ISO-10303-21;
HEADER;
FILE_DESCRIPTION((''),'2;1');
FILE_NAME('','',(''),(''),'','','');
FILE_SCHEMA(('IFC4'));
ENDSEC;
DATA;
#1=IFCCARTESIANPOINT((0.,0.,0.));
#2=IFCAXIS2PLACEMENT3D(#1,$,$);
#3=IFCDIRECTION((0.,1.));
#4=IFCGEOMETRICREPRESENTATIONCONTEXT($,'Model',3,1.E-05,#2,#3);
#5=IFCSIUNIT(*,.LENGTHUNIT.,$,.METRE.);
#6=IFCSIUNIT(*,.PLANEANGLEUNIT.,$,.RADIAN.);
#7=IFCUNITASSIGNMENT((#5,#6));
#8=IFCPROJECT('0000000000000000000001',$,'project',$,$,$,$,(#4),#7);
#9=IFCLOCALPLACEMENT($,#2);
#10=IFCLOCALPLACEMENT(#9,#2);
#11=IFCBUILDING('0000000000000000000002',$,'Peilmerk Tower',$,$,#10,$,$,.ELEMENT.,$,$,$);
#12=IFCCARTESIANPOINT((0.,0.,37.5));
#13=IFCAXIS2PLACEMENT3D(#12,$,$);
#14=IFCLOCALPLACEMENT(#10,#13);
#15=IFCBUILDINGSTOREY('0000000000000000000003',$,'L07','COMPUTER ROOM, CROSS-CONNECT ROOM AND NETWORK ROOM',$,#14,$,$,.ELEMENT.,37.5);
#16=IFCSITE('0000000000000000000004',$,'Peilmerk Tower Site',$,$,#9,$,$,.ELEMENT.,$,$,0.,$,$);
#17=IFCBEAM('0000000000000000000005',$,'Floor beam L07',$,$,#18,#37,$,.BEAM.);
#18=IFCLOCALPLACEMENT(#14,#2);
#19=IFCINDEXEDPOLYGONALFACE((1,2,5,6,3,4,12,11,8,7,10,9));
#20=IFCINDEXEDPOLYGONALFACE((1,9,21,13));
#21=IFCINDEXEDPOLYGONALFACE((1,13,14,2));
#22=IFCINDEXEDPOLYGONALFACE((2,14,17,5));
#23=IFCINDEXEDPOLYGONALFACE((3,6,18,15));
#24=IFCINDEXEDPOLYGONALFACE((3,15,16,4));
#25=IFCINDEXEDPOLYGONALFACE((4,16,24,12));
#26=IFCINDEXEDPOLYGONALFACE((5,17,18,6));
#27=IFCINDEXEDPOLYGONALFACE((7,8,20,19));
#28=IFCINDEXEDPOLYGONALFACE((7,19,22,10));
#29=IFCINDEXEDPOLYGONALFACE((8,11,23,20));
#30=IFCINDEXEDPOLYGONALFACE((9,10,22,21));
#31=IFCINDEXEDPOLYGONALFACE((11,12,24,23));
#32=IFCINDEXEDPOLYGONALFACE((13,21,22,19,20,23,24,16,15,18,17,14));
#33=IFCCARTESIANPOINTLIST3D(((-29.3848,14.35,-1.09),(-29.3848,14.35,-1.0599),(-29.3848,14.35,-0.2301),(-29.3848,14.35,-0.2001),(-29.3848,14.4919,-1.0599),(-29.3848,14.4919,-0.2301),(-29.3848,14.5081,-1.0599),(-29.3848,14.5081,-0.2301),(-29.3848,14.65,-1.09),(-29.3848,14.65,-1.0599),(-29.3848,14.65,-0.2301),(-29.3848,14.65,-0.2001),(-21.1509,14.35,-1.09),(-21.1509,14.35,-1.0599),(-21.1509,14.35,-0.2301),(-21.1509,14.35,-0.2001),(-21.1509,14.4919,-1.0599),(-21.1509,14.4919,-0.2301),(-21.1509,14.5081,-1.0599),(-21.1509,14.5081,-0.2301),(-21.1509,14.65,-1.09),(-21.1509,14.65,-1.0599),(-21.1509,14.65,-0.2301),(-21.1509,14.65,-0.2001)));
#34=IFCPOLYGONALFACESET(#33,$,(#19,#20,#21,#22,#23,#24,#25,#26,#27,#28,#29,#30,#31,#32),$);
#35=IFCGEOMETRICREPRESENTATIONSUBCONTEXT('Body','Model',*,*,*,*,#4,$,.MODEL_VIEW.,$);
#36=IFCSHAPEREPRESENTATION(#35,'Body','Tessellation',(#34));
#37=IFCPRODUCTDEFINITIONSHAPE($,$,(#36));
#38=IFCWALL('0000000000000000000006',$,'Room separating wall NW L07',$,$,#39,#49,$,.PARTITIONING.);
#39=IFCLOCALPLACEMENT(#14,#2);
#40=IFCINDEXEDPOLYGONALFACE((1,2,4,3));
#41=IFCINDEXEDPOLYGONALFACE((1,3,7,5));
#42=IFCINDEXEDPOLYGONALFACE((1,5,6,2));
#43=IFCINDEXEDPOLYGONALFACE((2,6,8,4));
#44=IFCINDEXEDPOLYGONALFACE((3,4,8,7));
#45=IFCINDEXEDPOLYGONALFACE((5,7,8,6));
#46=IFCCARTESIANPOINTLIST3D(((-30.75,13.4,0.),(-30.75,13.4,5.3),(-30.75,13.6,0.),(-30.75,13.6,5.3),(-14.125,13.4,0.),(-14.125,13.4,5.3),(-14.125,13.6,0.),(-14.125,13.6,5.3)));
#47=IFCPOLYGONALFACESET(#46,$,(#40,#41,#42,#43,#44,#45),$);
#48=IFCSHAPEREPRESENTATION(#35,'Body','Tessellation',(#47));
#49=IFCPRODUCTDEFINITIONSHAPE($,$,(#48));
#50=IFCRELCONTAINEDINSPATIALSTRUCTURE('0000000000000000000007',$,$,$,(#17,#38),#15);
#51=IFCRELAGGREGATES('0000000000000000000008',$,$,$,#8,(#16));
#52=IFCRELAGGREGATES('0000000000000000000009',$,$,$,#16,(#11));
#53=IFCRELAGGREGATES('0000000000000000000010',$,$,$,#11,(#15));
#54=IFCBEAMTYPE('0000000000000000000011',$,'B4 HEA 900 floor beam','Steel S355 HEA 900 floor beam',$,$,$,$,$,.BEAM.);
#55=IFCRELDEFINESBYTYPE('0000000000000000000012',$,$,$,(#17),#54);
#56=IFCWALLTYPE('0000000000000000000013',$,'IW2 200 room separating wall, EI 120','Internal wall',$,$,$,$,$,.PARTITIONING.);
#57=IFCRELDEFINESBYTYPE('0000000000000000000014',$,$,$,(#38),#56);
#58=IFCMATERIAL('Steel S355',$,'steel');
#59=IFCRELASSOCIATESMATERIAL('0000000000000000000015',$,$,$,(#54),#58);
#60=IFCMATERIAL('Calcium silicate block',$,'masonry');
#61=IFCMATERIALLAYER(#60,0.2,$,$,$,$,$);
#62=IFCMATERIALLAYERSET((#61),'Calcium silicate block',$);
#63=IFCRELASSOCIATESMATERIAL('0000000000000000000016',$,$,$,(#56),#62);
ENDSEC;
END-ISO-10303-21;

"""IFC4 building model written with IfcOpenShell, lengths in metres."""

from ifc_helpers import new_model, si_unit, direction, frame, frame_2d, origin, origin_2d, place, context, subcontext, project, spatial, rectangle, i_section, extrude, material, layer, layer_set, material_profile, profile_set, type_object, element, save


model = new_model("IFC4")

# Units and contexts
model_context = context("Model", 3, precision=1e-05, world=origin(), true_north=direction((0.0, 1.0)))
body_context = subcontext(model_context, "Body", "Model", "MODEL_VIEW")
ifc_project = project(units=[si_unit("LENGTHUNIT", "METRE"), si_unit("PLANEANGLEUNIT", "RADIAN")], contexts=[model_context])

# Site, building, storey
site_placement = place(None, origin())
site = spatial("IfcSite", under=ifc_project, at=site_placement, Name="Peilmerk Tower Site", CompositionType="ELEMENT", RefElevation=0.0)
building_placement = place(site_placement, origin())
building = spatial("IfcBuilding", under=site, at=building_placement, Name="Peilmerk Tower", CompositionType="ELEMENT")
storey_placement = place(building_placement, frame((0.0, 0.0, 37.5)))
storey = spatial("IfcBuildingStorey", under=building, at=storey_placement, Name="L07", Description="COMPUTER ROOM, CROSS-CONNECT ROOM AND NETWORK ROOM", CompositionType="ELEMENT", Elevation=37.5)

# Beam
ifc_material_1 = material(Name="Steel S355", Category="steel")
ifc_material_profile_1 = material_profile(ifc_material_1, i_section(OverallWidth=0.3, OverallDepth=0.8899, WebThickness=0.0161, FlangeThickness=0.03, at=origin_2d()), Name="HEA 900")
ifc_profile_set_1 = profile_set([ifc_material_profile_1], Name="Steel S355")
beam_type_1 = type_object("IfcBeamType", Name="B4 HEA 900 floor beam", Description="Steel S355 HEA 900 floor beam", PredefinedType="BEAM", material=ifc_profile_set_1)
beam_1_placement = place(storey_placement, frame((-21.1509, 14.5, -0.645), z_axis=(-1.0, 0.0, 0.0), x_axis=(0.0, -1.0, 0.0)))
element("IfcBeam", 1, at=beam_1_placement, inside=storey, type_object=beam_type_1, Name="Floor beam L07", PredefinedType="BEAM", context=body_context, shape_type="SweptSolid", body=[
    extrude(i_section(OverallWidth=0.3, OverallDepth=0.8899, WebThickness=0.0161, FlangeThickness=0.03, at=origin_2d()), origin(), (0.0, 0.0, 1.0), 8.2339),
])

# Wall
ifc_material_2 = material(Name="Calcium silicate block", Category="masonry")
ifc_layer = layer(ifc_material_2, 0.2)
ifc_layer_set = layer_set([ifc_layer], Name="Calcium silicate block")
wall_type = type_object("IfcWallType", Name="IW2 200 room separating wall, EI 120", Description="Internal wall", PredefinedType="PARTITIONING", material=ifc_layer_set)
wall_placement = place(storey_placement, frame((-30.75, 13.5, 0.0), z_axis=(0.0, 0.0, 1.0), x_axis=(1.0, 0.0, 0.0)))
element("IfcWall", 2, at=wall_placement, inside=storey, type_object=wall_type, Name="Room separating wall NW L07", PredefinedType="PARTITIONING", context=body_context, shape_type="SweptSolid", body=[
    extrude(rectangle(XDim=16.625, YDim=0.2, at=frame_2d((8.3125, 0.0))), origin(), (0.0, 0.0, 1.0), 5.3),
])

save(model, "model.ifc")
